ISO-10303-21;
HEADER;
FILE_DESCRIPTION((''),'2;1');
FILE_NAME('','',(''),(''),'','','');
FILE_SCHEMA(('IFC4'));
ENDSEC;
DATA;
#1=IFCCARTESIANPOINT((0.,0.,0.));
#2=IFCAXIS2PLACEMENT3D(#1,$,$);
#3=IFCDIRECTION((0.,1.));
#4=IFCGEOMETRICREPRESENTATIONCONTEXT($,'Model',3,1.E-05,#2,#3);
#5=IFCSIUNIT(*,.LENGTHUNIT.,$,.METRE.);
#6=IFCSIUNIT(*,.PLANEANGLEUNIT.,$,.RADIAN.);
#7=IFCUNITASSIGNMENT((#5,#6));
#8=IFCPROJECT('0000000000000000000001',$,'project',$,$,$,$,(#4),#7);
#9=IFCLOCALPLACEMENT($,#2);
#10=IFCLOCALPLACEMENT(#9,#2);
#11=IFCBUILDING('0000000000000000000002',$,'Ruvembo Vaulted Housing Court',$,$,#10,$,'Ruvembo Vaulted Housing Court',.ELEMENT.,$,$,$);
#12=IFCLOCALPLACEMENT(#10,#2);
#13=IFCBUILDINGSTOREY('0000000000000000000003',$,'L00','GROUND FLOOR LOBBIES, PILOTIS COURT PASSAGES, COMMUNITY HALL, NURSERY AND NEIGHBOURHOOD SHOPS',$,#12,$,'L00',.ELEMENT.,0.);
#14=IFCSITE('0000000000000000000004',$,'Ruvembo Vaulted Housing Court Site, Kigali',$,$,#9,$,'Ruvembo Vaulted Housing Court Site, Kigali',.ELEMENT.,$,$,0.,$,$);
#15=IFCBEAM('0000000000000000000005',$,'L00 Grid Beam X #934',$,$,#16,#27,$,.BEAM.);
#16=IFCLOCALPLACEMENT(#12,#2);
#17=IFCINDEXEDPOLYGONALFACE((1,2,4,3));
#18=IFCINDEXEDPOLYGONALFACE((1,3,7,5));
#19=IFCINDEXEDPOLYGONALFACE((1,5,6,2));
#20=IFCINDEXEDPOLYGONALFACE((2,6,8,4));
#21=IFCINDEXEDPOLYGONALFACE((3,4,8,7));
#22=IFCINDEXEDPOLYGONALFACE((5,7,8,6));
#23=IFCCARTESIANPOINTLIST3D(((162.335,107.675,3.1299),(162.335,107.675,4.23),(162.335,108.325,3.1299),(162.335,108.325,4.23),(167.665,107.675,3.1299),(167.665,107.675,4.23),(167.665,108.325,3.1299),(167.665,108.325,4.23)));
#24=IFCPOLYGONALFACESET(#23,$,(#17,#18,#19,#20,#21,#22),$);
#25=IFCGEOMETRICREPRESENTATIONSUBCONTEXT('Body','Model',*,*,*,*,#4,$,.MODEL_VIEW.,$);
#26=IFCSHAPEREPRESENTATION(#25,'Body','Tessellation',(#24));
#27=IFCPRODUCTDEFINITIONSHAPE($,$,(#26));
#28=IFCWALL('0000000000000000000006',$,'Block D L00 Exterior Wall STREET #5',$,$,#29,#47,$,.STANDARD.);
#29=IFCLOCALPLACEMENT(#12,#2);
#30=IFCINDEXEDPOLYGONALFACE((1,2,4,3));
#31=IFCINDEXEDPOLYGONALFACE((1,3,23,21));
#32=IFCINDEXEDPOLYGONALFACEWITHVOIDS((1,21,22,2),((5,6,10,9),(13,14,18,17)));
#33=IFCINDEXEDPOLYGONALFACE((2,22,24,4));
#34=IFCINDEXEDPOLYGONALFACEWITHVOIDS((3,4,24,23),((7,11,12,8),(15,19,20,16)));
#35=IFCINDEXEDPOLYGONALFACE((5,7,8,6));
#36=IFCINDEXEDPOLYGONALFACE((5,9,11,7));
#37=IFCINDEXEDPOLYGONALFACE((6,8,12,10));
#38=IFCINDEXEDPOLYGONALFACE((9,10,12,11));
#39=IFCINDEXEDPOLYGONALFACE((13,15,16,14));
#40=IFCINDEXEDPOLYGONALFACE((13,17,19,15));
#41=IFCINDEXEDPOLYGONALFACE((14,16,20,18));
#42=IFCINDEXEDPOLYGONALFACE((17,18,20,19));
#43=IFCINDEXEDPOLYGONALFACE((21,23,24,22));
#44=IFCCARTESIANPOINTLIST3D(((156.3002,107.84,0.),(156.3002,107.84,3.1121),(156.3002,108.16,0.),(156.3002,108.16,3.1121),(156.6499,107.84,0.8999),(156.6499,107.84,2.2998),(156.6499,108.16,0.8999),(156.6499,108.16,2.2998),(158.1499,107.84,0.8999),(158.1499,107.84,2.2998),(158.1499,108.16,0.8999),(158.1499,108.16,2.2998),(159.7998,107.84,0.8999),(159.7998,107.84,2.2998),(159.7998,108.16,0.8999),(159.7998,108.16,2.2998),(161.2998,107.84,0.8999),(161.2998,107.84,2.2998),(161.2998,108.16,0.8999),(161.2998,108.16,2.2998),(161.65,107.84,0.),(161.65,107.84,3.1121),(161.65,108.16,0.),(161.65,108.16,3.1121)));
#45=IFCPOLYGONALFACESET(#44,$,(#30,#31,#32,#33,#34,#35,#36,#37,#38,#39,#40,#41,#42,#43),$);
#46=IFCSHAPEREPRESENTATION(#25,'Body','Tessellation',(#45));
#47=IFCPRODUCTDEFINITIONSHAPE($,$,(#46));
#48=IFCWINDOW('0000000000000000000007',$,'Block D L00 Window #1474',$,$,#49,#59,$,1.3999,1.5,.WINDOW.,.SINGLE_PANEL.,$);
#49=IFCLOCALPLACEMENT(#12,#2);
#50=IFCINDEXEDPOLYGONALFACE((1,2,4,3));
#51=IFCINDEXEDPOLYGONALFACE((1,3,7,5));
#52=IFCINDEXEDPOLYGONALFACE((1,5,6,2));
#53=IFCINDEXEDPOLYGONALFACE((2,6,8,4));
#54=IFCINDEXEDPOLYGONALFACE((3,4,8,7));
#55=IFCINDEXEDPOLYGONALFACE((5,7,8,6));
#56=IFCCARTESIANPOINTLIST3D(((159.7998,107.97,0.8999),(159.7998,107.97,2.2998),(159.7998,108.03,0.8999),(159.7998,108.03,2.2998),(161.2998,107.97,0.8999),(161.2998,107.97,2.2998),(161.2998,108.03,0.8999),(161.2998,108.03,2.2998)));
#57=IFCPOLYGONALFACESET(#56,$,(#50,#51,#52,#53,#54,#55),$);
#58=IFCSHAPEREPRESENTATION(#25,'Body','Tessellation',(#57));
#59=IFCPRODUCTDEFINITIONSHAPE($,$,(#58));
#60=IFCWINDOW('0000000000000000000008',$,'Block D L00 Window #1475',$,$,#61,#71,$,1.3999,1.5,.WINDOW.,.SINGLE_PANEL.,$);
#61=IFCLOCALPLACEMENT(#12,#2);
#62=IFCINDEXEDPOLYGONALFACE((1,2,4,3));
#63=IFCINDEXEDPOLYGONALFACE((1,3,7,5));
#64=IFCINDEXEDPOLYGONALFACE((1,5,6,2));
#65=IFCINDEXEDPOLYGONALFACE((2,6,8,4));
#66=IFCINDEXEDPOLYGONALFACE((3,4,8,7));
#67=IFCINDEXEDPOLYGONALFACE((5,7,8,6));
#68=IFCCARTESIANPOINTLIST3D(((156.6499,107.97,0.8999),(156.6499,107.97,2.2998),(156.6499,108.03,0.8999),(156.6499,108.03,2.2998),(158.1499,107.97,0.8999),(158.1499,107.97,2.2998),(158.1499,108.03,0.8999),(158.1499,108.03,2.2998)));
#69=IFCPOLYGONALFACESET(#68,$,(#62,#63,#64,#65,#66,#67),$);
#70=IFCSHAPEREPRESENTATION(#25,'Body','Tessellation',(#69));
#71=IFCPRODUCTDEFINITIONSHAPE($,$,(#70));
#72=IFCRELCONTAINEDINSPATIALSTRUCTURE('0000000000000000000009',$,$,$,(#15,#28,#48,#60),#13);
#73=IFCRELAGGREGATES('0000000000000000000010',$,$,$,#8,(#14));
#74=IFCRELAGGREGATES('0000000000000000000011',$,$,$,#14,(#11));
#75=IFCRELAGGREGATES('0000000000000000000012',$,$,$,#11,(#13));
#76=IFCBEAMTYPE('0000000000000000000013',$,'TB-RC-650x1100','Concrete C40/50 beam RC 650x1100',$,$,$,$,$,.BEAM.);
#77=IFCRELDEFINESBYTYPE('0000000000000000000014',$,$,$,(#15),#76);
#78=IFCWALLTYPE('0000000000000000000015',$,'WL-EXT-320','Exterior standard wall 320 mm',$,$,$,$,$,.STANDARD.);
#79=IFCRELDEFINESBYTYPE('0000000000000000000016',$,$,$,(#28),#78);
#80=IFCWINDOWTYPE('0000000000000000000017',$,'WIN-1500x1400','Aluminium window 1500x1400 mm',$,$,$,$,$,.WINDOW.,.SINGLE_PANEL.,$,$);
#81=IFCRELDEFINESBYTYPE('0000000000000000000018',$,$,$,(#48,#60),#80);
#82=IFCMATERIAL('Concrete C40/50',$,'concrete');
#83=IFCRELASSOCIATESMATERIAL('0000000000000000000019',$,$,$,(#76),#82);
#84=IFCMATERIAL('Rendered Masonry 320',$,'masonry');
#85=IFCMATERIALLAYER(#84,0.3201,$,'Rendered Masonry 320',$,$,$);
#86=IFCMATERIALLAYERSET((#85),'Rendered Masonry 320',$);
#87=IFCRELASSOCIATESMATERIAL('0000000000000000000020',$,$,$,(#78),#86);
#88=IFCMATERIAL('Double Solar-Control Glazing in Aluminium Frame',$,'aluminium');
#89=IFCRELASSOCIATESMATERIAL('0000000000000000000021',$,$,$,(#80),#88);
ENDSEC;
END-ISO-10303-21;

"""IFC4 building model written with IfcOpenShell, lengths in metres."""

from ifc_helpers import new_model, si_unit, direction, frame, frame_2d, origin, origin_2d, place, context, subcontext, project, spatial, rectangle, extrude, material, layer, layer_set, material_profile, profile_set, type_object, element, fill, save


model = new_model("IFC4")

# Units and contexts
model_context = context("Model", 3, precision=1e-05, world=origin(), true_north=direction((0.0, 1.0)))
body_context = subcontext(model_context, "Body", "Model", "MODEL_VIEW")
ifc_project = project(units=[si_unit("LENGTHUNIT", "METRE"), si_unit("PLANEANGLEUNIT", "RADIAN")], contexts=[model_context])

# Site, building, storey
site_placement = place(None, origin())
site = spatial("IfcSite", under=ifc_project, at=site_placement, Name="Ruvembo Vaulted Housing Court Site, Kigali", LongName="Ruvembo Vaulted Housing Court Site, Kigali", CompositionType="ELEMENT", RefElevation=0.0)
building_placement = place(site_placement, origin())
building = spatial("IfcBuilding", under=site, at=building_placement, Name="Ruvembo Vaulted Housing Court", LongName="Ruvembo Vaulted Housing Court", CompositionType="ELEMENT")
storey_placement = place(building_placement, origin())
storey = spatial("IfcBuildingStorey", under=building, at=storey_placement, Name="L00", Description="GROUND FLOOR LOBBIES, PILOTIS COURT PASSAGES, COMMUNITY HALL, NURSERY AND NEIGHBOURHOOD SHOPS", LongName="L00", CompositionType="ELEMENT", Elevation=0.0)

# Shared definitions
ifc_material_1 = material(Name="Concrete C40/50", Category="concrete")

# Beam
ifc_material_profile_1 = material_profile(ifc_material_1, rectangle(XDim=0.6499, YDim=1.1001, at=origin_2d()), Name="RC 650x1100")
ifc_profile_set_1 = profile_set([ifc_material_profile_1], Name="Concrete C40/50")
beam_type_1 = type_object("IfcBeamType", Name="TB-RC-650x1100", Description="Concrete C40/50 beam RC 650x1100", PredefinedType="BEAM", material=ifc_profile_set_1)
beam_1_placement = place(storey_placement, frame((162.335, 108.0, 3.6799), z_axis=(1.0, 0.0, 0.0), x_axis=(0.0, 1.0, 0.0)))
element("IfcBeam", 1, at=beam_1_placement, inside=storey, type_object=beam_type_1, Name="L00 Grid Beam X #934", PredefinedType="BEAM", context=body_context, shape_type="SweptSolid", body=[
    extrude(rectangle(XDim=0.6499, YDim=1.1001, at=origin_2d()), origin(), (0.0, 0.0, 1.0), 5.3301),
])

# Wall, openings, windows
ifc_material_2 = material(Name="Rendered Masonry 320", Category="masonry")
ifc_layer = layer(ifc_material_2, 0.3201, Name="Rendered Masonry 320")
ifc_layer_set = layer_set([ifc_layer], Name="Rendered Masonry 320")
wall_type = type_object("IfcWallType", Name="WL-EXT-320", Description="Exterior standard wall 320 mm", PredefinedType="STANDARD", material=ifc_layer_set)
wall_placement = place(storey_placement, frame((161.6499, 108.0, 0.0), z_axis=(0.0, 0.0, 1.0), x_axis=(-1.0, 0.0, 0.0)))
wall = element("IfcWall", 2, at=wall_placement, inside=storey, type_object=wall_type, Name="Block D L00 Exterior Wall STREET #5", PredefinedType="STANDARD", context=body_context, shape_type="SweptSolid", body=[
    extrude(rectangle(XDim=5.3499, YDim=0.3201, at=frame_2d((2.6748, 0.0))), origin(), (0.0, 0.0, 1.0), 3.1121),
])
opening_1_placement = place(wall_placement, frame((0.3501, 0.0, 0.8999)))
opening_1 = element("IfcOpeningElement", 3, at=opening_1_placement, cuts=wall, PredefinedType="OPENING", context=body_context, shape_type="SweptSolid", body=[
    extrude(rectangle(XDim=1.5, YDim=1.3999, at=frame_2d((0.75, 0.7))), frame((0.0, 0.1699, 0.0), z_axis=(0.0, -1.0, 0.0), x_axis=(1.0, 0.0, 0.0)), (0.0, 0.0, 1.0), 0.3401),
])
opening_2_placement = place(wall_placement, frame((3.5, 0.0, 0.8999)))
opening_2 = element("IfcOpeningElement", 4, at=opening_2_placement, cuts=wall, PredefinedType="OPENING", context=body_context, shape_type="SweptSolid", body=[
    extrude(rectangle(XDim=1.5, YDim=1.3999, at=frame_2d((0.75, 0.7))), frame((0.0, 0.1699, 0.0), z_axis=(0.0, -1.0, 0.0), x_axis=(1.0, 0.0, 0.0)), (0.0, 0.0, 1.0), 0.3401),
])
ifc_material_3 = material(Name="Double Solar-Control Glazing in Aluminium Frame", Category="aluminium")
window_type = type_object("IfcWindowType", Name="WIN-1500x1400", Description="Aluminium window 1500x1400 mm", PartitioningType="SINGLE_PANEL", PredefinedType="WINDOW", material=ifc_material_3)
window_1_placement = place(opening_1_placement, origin())
window_1 = element("IfcWindow", 5, at=window_1_placement, inside=storey, type_object=window_type, Name="Block D L00 Window #1474", OverallHeight=1.3999, OverallWidth=1.5, PartitioningType="SINGLE_PANEL", PredefinedType="WINDOW", context=body_context, shape_type="SweptSolid", body=[
    extrude(rectangle(XDim=1.5, YDim=1.3999, at=frame_2d((0.75, 0.7))), frame((0.0, 0.03, 0.0), z_axis=(0.0, -1.0, 0.0), x_axis=(1.0, 0.0, 0.0)), (0.0, 0.0, 1.0), 0.0601),
])
fill(opening_1, window_1)
window_2_placement = place(opening_2_placement, origin())
window_2 = element("IfcWindow", 6, at=window_2_placement, inside=storey, type_object=window_type, Name="Block D L00 Window #1475", OverallHeight=1.3999, OverallWidth=1.5, PartitioningType="SINGLE_PANEL", PredefinedType="WINDOW", context=body_context, shape_type="SweptSolid", body=[
    extrude(rectangle(XDim=1.5, YDim=1.3999, at=frame_2d((0.75, 0.7))), frame((0.0, 0.03, 0.0), z_axis=(0.0, -1.0, 0.0), x_axis=(1.0, 0.0, 0.0)), (0.0, 0.0, 1.0), 0.0601),
])
fill(opening_2, window_2)

save(model, "model.ifc")
